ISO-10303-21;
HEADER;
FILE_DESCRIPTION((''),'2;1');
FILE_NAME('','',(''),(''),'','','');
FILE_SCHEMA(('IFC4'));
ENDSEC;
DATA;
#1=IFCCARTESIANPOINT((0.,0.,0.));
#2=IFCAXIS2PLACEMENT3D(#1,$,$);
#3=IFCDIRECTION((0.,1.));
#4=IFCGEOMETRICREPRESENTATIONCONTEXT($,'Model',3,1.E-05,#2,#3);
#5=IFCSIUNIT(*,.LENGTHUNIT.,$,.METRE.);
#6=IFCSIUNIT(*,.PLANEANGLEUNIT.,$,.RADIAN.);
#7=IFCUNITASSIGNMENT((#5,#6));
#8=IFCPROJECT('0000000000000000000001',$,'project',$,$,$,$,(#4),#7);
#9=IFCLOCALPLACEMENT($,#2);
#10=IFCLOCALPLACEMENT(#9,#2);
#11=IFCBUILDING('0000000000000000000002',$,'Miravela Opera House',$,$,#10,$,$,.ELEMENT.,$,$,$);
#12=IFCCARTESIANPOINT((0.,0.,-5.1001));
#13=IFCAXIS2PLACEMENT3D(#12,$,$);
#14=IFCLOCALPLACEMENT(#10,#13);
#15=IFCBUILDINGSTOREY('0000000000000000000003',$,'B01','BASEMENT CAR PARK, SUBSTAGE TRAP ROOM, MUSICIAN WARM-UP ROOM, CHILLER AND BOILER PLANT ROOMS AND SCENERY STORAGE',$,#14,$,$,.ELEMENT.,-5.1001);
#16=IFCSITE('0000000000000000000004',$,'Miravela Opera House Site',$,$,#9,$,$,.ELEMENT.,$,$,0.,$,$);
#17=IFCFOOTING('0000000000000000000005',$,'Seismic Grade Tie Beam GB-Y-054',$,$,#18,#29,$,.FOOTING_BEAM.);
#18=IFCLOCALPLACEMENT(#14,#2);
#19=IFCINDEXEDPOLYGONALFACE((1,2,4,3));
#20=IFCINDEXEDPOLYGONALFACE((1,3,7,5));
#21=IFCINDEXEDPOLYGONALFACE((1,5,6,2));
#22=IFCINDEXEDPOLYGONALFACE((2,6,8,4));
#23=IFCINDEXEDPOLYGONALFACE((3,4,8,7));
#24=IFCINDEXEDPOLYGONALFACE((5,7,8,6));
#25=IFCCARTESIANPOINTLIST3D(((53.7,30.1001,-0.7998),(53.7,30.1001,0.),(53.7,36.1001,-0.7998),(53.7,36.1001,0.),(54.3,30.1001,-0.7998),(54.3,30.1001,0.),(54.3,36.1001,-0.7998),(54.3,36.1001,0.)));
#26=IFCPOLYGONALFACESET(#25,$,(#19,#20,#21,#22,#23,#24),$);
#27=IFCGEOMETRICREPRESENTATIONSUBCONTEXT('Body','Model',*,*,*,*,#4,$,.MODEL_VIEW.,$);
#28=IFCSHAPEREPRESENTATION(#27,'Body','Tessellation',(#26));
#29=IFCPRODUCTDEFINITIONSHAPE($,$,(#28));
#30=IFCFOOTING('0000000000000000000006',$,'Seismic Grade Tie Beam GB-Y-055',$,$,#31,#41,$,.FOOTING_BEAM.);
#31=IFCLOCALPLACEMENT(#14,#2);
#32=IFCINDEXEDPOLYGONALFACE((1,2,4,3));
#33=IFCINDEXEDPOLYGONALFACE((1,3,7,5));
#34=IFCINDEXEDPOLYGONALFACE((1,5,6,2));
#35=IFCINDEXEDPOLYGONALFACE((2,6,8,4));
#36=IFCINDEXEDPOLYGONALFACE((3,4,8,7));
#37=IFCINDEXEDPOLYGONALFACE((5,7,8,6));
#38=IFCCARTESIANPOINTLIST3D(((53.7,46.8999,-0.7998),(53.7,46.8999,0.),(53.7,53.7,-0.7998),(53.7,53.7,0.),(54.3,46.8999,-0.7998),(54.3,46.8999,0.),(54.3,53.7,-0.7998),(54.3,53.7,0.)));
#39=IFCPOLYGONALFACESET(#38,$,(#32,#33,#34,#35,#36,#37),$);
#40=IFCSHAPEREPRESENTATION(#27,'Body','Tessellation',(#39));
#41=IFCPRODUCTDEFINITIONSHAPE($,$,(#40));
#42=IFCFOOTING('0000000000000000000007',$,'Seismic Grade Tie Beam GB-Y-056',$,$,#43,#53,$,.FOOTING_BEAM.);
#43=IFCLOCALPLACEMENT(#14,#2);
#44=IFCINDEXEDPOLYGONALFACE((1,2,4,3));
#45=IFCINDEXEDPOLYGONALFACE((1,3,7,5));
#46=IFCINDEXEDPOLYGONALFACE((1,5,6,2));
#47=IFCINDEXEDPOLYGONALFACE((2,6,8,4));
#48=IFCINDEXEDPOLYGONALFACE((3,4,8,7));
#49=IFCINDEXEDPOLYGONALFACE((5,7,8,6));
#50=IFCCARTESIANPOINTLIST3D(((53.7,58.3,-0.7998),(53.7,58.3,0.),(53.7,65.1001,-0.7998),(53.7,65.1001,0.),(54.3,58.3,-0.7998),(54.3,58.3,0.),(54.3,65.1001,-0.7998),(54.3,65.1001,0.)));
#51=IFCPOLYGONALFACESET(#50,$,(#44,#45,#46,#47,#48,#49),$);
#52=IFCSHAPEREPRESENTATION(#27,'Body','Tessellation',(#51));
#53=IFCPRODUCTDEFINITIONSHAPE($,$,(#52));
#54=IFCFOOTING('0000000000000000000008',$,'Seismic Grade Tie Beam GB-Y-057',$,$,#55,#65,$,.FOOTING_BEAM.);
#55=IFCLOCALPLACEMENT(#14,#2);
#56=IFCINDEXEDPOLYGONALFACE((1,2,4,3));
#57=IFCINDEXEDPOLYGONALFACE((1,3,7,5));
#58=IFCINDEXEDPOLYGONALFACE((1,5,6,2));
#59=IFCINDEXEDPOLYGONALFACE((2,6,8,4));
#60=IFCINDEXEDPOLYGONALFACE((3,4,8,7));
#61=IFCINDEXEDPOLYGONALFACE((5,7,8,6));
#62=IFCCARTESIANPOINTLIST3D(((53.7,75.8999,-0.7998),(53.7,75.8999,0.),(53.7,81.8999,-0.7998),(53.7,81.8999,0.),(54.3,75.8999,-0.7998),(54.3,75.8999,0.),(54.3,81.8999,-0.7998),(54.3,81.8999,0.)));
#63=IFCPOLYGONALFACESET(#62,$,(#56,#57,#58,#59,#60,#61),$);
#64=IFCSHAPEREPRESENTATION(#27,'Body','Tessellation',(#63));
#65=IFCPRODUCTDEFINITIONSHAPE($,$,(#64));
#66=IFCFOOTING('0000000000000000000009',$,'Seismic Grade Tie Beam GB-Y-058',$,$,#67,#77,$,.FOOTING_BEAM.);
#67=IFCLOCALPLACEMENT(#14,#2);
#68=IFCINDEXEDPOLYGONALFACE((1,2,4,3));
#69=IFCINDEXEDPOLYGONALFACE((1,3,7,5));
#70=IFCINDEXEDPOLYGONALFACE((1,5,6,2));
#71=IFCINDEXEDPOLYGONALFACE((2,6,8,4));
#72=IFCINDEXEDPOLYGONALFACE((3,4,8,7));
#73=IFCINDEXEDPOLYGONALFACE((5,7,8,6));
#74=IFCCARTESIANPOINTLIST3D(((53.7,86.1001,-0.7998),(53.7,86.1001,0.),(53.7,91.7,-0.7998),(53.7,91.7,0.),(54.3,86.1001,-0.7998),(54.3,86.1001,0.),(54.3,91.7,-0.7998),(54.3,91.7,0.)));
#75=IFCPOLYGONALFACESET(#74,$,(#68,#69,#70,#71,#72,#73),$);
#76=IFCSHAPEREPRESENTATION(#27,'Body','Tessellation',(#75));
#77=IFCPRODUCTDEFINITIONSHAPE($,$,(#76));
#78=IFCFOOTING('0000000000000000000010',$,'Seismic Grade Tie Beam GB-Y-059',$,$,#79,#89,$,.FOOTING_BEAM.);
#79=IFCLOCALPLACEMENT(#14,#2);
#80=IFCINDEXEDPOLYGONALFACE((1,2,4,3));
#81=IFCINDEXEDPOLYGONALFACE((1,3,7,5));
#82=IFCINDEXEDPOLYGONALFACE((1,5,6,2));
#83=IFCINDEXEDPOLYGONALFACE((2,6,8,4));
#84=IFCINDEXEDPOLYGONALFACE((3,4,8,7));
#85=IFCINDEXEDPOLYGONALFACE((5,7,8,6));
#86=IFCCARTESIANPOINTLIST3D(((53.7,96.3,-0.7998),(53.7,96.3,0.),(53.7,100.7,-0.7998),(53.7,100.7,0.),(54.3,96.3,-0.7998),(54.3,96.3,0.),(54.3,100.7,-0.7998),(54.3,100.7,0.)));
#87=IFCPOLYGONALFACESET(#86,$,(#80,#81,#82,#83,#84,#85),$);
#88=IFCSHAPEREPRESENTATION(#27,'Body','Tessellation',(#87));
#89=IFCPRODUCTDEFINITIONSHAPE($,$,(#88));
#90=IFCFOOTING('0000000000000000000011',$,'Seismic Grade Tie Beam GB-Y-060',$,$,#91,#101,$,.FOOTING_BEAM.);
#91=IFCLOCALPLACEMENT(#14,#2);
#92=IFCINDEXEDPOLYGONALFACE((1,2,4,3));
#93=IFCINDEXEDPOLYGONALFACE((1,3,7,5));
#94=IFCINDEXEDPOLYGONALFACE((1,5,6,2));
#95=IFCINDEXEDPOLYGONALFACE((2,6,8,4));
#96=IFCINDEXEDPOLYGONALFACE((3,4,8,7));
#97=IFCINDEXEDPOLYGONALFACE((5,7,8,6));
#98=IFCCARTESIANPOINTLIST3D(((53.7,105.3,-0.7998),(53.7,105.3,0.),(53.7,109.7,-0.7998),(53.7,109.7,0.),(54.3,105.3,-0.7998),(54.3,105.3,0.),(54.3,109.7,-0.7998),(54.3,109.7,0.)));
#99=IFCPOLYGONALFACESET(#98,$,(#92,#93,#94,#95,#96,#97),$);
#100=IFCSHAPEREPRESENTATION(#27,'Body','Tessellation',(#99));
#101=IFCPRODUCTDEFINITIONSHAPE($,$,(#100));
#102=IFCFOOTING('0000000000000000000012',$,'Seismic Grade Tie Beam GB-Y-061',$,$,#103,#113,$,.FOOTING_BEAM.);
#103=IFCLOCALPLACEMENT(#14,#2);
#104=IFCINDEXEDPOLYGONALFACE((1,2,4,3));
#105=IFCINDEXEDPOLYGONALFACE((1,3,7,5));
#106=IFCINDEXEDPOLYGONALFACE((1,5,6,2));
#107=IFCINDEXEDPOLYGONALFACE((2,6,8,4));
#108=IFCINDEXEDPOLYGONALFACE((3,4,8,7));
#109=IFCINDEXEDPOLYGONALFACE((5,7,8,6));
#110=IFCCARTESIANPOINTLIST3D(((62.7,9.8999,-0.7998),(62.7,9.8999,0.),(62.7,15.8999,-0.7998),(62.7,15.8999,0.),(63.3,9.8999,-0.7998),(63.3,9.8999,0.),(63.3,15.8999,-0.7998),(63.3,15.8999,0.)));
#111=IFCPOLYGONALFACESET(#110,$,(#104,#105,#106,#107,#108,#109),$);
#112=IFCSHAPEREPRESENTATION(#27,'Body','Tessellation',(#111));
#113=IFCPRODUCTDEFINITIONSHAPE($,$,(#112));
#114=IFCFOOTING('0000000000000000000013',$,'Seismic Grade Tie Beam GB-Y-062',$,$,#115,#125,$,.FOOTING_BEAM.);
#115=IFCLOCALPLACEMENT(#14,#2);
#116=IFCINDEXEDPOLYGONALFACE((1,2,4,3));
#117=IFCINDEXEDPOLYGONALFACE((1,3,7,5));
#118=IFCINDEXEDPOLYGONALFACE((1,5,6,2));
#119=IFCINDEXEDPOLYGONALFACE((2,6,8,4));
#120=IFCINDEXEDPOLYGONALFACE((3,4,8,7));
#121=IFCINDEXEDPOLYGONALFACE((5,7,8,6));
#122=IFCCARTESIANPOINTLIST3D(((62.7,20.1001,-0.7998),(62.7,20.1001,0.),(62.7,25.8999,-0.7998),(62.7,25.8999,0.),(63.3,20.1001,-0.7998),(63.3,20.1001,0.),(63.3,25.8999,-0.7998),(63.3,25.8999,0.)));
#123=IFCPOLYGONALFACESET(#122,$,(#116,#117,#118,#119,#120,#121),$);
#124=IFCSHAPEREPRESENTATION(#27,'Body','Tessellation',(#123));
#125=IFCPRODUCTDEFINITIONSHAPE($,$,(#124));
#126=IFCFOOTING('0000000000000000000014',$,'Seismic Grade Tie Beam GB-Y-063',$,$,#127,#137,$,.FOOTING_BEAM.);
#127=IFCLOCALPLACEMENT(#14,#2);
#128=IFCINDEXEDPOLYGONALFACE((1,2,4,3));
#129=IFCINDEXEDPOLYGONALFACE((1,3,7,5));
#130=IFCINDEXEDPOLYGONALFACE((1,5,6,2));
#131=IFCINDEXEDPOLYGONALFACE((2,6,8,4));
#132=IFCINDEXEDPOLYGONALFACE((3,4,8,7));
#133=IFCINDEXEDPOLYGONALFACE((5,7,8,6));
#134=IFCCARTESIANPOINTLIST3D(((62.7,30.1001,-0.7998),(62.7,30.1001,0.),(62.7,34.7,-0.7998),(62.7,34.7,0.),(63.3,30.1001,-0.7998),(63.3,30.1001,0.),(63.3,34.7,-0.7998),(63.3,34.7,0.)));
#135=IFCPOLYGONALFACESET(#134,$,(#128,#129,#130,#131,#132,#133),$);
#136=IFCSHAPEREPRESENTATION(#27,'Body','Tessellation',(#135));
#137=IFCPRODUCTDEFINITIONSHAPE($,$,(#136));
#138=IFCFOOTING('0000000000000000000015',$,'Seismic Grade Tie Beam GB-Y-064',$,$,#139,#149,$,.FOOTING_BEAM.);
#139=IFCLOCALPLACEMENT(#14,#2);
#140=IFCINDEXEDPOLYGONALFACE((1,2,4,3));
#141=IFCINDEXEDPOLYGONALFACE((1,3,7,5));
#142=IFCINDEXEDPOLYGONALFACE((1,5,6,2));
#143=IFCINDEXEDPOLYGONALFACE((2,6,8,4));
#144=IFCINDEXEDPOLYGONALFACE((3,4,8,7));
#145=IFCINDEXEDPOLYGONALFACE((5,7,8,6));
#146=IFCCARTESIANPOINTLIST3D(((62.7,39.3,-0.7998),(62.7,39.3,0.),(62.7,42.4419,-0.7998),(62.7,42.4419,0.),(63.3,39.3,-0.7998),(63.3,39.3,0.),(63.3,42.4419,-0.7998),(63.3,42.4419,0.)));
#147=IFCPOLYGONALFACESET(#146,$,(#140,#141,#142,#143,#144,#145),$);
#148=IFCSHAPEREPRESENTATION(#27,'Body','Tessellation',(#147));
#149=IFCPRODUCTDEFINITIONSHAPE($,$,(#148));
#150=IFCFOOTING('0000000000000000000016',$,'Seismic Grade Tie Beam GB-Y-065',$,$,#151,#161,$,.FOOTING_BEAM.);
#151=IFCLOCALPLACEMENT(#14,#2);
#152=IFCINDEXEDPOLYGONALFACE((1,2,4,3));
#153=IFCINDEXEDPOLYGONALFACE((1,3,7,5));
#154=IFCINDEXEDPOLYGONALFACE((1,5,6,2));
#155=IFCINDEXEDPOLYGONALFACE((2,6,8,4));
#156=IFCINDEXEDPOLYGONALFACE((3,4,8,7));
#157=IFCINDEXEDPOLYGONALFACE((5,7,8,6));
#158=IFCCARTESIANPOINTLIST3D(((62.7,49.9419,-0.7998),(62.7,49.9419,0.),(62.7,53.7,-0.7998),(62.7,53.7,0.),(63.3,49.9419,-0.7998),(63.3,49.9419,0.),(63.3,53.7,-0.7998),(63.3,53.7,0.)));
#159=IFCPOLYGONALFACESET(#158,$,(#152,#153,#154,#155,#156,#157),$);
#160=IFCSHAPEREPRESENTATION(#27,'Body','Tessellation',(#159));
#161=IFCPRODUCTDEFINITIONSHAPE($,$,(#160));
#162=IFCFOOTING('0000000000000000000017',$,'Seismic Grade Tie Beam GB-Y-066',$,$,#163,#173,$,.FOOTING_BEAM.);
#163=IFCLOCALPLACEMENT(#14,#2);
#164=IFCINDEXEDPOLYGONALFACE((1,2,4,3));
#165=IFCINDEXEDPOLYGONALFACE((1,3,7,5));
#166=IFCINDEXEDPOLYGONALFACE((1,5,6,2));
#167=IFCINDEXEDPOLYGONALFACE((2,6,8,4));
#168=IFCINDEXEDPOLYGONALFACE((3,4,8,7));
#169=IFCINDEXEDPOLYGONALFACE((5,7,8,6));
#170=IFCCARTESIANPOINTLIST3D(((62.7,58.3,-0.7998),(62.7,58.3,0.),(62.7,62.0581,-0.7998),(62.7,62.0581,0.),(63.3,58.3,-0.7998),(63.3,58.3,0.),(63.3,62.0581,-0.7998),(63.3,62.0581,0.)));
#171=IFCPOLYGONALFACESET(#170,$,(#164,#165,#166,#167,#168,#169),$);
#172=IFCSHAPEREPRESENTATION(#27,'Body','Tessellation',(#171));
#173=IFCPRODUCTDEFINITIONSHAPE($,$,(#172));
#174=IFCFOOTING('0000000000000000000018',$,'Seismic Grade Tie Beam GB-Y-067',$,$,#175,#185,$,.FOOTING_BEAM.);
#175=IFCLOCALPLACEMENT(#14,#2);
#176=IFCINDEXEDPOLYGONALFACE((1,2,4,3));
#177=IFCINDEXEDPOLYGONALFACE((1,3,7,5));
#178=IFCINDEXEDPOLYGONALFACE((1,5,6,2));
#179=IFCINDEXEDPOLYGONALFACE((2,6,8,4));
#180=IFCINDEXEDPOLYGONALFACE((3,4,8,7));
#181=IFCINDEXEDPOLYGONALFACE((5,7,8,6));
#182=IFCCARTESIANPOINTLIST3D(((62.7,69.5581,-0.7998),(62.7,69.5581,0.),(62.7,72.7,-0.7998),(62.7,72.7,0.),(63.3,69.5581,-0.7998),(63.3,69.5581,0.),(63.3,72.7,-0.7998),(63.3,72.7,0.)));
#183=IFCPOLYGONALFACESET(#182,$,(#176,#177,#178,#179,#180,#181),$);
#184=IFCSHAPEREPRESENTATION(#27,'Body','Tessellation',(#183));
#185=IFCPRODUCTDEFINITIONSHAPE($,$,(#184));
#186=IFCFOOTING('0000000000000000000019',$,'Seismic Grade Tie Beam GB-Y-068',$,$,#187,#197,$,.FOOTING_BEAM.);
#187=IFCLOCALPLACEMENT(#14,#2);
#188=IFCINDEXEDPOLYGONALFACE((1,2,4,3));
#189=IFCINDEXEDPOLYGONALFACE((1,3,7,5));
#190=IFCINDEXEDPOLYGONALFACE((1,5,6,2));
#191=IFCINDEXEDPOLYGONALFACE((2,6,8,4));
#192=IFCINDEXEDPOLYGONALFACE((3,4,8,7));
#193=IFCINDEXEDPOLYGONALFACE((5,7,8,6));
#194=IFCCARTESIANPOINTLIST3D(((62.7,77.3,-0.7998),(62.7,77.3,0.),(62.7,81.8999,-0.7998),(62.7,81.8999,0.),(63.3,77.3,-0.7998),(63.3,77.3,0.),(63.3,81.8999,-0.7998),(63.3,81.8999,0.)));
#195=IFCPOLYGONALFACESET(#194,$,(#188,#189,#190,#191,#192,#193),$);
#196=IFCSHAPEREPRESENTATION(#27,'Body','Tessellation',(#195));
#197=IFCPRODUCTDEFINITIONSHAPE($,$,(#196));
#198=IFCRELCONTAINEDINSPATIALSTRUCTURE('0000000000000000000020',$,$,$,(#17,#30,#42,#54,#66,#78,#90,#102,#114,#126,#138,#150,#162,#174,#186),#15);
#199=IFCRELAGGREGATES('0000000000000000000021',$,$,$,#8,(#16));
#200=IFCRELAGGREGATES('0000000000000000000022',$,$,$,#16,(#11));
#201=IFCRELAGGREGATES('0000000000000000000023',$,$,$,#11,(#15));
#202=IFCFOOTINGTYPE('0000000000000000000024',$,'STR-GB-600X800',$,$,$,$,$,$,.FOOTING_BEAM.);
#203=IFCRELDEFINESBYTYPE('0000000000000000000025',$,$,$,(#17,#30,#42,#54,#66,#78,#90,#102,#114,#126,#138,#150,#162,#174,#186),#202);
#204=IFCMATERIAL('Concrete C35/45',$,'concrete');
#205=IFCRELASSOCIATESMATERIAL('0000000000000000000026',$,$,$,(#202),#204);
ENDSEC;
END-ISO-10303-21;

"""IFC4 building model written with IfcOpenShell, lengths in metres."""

from ifc_helpers import new_model, si_unit, direction, frame, origin, place, context, subcontext, project, spatial, polyline, outline, extrude, material, type_object, element, save


model = new_model("IFC4")

# Units and contexts
model_context = context("Model", 3, precision=1e-05, world=origin(), true_north=direction((0.0, 1.0)))
body_context = subcontext(model_context, "Body", "Model", "MODEL_VIEW")
ifc_project = project(units=[si_unit("LENGTHUNIT", "METRE"), si_unit("PLANEANGLEUNIT", "RADIAN")], contexts=[model_context])

# Site, building, storey
site_placement = place(None, origin())
site = spatial("IfcSite", under=ifc_project, at=site_placement, Name="Miravela Opera House Site", CompositionType="ELEMENT", RefElevation=0.0)
building_placement = place(site_placement, origin())
building = spatial("IfcBuilding", under=site, at=building_placement, Name="Miravela Opera House", CompositionType="ELEMENT")
storey_placement = place(building_placement, frame((0.0, 0.0, -5.1001)))
storey = spatial("IfcBuildingStorey", under=building, at=storey_placement, Name="B01", Description="BASEMENT CAR PARK, SUBSTAGE TRAP ROOM, MUSICIAN WARM-UP ROOM, CHILLER AND BOILER PLANT ROOMS AND SCENERY STORAGE", CompositionType="ELEMENT", Elevation=-5.1001)

# Footings
ifc_material = material(Name="Concrete C35/45", Category="concrete")
footing_type = type_object("IfcFootingType", Name="STR-GB-600X800", PredefinedType="FOOTING_BEAM", material=ifc_material)
footing_1_placement = place(storey_placement, frame((0.0, 0.0, -0.7998)))
element("IfcFooting", 1, at=footing_1_placement, inside=storey, type_object=footing_type, Name="Seismic Grade Tie Beam GB-Y-054", PredefinedType="FOOTING_BEAM", context=body_context, shape_type="SweptSolid", body=[
    extrude(outline(polyline([(53.7, 30.1001), (54.3, 30.1001), (54.3, 36.1001), (53.7, 36.1001), (53.7, 30.1001)])), origin(), (0.0, 0.0, 1.0), 0.7998),
])
footing_2_placement = place(storey_placement, frame((0.0, 0.0, -0.7998)))
element("IfcFooting", 2, at=footing_2_placement, inside=storey, type_object=footing_type, Name="Seismic Grade Tie Beam GB-Y-055", PredefinedType="FOOTING_BEAM", context=body_context, shape_type="SweptSolid", body=[
    extrude(outline(polyline([(53.7, 46.8999), (54.3, 46.8999), (54.3, 53.7), (53.7, 53.7), (53.7, 46.8999)])), origin(), (0.0, 0.0, 1.0), 0.7998),
])
footing_3_placement = place(storey_placement, frame((0.0, 0.0, -0.7998)))
element("IfcFooting", 3, at=footing_3_placement, inside=storey, type_object=footing_type, Name="Seismic Grade Tie Beam GB-Y-056", PredefinedType="FOOTING_BEAM", context=body_context, shape_type="SweptSolid", body=[
    extrude(outline(polyline([(53.7, 58.3), (54.3, 58.3), (54.3, 65.1001), (53.7, 65.1001), (53.7, 58.3)])), origin(), (0.0, 0.0, 1.0), 0.7998),
])
footing_4_placement = place(storey_placement, frame((0.0, 0.0, -0.7998)))
element("IfcFooting", 4, at=footing_4_placement, inside=storey, type_object=footing_type, Name="Seismic Grade Tie Beam GB-Y-057", PredefinedType="FOOTING_BEAM", context=body_context, shape_type="SweptSolid", body=[
    extrude(outline(polyline([(53.7, 75.8999), (54.3, 75.8999), (54.3, 81.8999), (53.7, 81.8999), (53.7, 75.8999)])), origin(), (0.0, 0.0, 1.0), 0.7998),
])
footing_5_placement = place(storey_placement, frame((0.0, 0.0, -0.7998)))
element("IfcFooting", 5, at=footing_5_placement, inside=storey, type_object=footing_type, Name="Seismic Grade Tie Beam GB-Y-058", PredefinedType="FOOTING_BEAM", context=body_context, shape_type="SweptSolid", body=[
    extrude(outline(polyline([(53.7, 86.1001), (54.3, 86.1001), (54.3, 91.7), (53.7, 91.7), (53.7, 86.1001)])), origin(), (0.0, 0.0, 1.0), 0.7998),
])
footing_6_placement = place(storey_placement, frame((0.0, 0.0, -0.7998)))
element("IfcFooting", 6, at=footing_6_placement, inside=storey, type_object=footing_type, Name="Seismic Grade Tie Beam GB-Y-059", PredefinedType="FOOTING_BEAM", context=body_context, shape_type="SweptSolid", body=[
    extrude(outline(polyline([(53.7, 96.3), (54.3, 96.3), (54.3, 100.7), (53.7, 100.7), (53.7, 96.3)])), origin(), (0.0, 0.0, 1.0), 0.7998),
])
footing_7_placement = place(storey_placement, frame((0.0, 0.0, -0.7998)))
element("IfcFooting", 7, at=footing_7_placement, inside=storey, type_object=footing_type, Name="Seismic Grade Tie Beam GB-Y-060", PredefinedType="FOOTING_BEAM", context=body_context, shape_type="SweptSolid", body=[
    extrude(outline(polyline([(53.7, 105.3), (54.3, 105.3), (54.3, 109.7), (53.7, 109.7), (53.7, 105.3)])), origin(), (0.0, 0.0, 1.0), 0.7998),
])
footing_8_placement = place(storey_placement, frame((0.0, 0.0, -0.7998)))
element("IfcFooting", 8, at=footing_8_placement, inside=storey, type_object=footing_type, Name="Seismic Grade Tie Beam GB-Y-061", PredefinedType="FOOTING_BEAM", context=body_context, shape_type="SweptSolid", body=[
    extrude(outline(polyline([(62.7, 9.8999), (63.3, 9.8999), (63.3, 15.8999), (62.7, 15.8999), (62.7, 9.8999)])), origin(), (0.0, 0.0, 1.0), 0.7998),
])
footing_9_placement = place(storey_placement, frame((0.0, 0.0, -0.7998)))
element("IfcFooting", 9, at=footing_9_placement, inside=storey, type_object=footing_type, Name="Seismic Grade Tie Beam GB-Y-062", PredefinedType="FOOTING_BEAM", context=body_context, shape_type="SweptSolid", body=[
    extrude(outline(polyline([(62.7, 20.1001), (63.3, 20.1001), (63.3, 25.8999), (62.7, 25.8999), (62.7, 20.1001)])), origin(), (0.0, 0.0, 1.0), 0.7998),
])
footing_10_placement = place(storey_placement, frame((0.0, 0.0, -0.7998)))
element("IfcFooting", 10, at=footing_10_placement, inside=storey, type_object=footing_type, Name="Seismic Grade Tie Beam GB-Y-063", PredefinedType="FOOTING_BEAM", context=body_context, shape_type="SweptSolid", body=[
    extrude(outline(polyline([(62.7, 30.1001), (63.3, 30.1001), (63.3, 34.7), (62.7, 34.7), (62.7, 30.1001)])), origin(), (0.0, 0.0, 1.0), 0.7998),
])
footing_11_placement = place(storey_placement, frame((0.0, 0.0, -0.7998)))
element("IfcFooting", 11, at=footing_11_placement, inside=storey, type_object=footing_type, Name="Seismic Grade Tie Beam GB-Y-064", PredefinedType="FOOTING_BEAM", context=body_context, shape_type="SweptSolid", body=[
    extrude(outline(polyline([(62.7, 39.3), (63.3, 39.3), (63.3, 42.4419), (62.7, 42.4419), (62.7, 39.3)])), origin(), (0.0, 0.0, 1.0), 0.7998),
])
footing_12_placement = place(storey_placement, frame((0.0, 0.0, -0.7998)))
element("IfcFooting", 12, at=footing_12_placement, inside=storey, type_object=footing_type, Name="Seismic Grade Tie Beam GB-Y-065", PredefinedType="FOOTING_BEAM", context=body_context, shape_type="SweptSolid", body=[
    extrude(outline(polyline([(62.7, 49.9419), (63.3, 49.9419), (63.3, 53.7), (62.7, 53.7), (62.7, 49.9419)])), origin(), (0.0, 0.0, 1.0), 0.7998),
])
footing_13_placement = place(storey_placement, frame((0.0, 0.0, -0.7998)))
element("IfcFooting", 13, at=footing_13_placement, inside=storey, type_object=footing_type, Name="Seismic Grade Tie Beam GB-Y-066", PredefinedType="FOOTING_BEAM", context=body_context, shape_type="SweptSolid", body=[
    extrude(outline(polyline([(62.7, 58.3), (63.3, 58.3), (63.3, 62.0581), (62.7, 62.0581), (62.7, 58.3)])), origin(), (0.0, 0.0, 1.0), 0.7998),
])
footing_14_placement = place(storey_placement, frame((0.0, 0.0, -0.7998)))
element("IfcFooting", 14, at=footing_14_placement, inside=storey, type_object=footing_type, Name="Seismic Grade Tie Beam GB-Y-067", PredefinedType="FOOTING_BEAM", context=body_context, shape_type="SweptSolid", body=[
    extrude(outline(polyline([(62.7, 69.5581), (63.3, 69.5581), (63.3, 72.7), (62.7, 72.7), (62.7, 69.5581)])), origin(), (0.0, 0.0, 1.0), 0.7998),
])
footing_15_placement = place(storey_placement, frame((0.0, 0.0, -0.7998)))
element("IfcFooting", 15, at=footing_15_placement, inside=storey, type_object=footing_type, Name="Seismic Grade Tie Beam GB-Y-068", PredefinedType="FOOTING_BEAM", context=body_context, shape_type="SweptSolid", body=[
    extrude(outline(polyline([(62.7, 77.3), (63.3, 77.3), (63.3, 81.8999), (62.7, 81.8999), (62.7, 77.3)])), origin(), (0.0, 0.0, 1.0), 0.7998),
])

save(model, "model.ifc")
